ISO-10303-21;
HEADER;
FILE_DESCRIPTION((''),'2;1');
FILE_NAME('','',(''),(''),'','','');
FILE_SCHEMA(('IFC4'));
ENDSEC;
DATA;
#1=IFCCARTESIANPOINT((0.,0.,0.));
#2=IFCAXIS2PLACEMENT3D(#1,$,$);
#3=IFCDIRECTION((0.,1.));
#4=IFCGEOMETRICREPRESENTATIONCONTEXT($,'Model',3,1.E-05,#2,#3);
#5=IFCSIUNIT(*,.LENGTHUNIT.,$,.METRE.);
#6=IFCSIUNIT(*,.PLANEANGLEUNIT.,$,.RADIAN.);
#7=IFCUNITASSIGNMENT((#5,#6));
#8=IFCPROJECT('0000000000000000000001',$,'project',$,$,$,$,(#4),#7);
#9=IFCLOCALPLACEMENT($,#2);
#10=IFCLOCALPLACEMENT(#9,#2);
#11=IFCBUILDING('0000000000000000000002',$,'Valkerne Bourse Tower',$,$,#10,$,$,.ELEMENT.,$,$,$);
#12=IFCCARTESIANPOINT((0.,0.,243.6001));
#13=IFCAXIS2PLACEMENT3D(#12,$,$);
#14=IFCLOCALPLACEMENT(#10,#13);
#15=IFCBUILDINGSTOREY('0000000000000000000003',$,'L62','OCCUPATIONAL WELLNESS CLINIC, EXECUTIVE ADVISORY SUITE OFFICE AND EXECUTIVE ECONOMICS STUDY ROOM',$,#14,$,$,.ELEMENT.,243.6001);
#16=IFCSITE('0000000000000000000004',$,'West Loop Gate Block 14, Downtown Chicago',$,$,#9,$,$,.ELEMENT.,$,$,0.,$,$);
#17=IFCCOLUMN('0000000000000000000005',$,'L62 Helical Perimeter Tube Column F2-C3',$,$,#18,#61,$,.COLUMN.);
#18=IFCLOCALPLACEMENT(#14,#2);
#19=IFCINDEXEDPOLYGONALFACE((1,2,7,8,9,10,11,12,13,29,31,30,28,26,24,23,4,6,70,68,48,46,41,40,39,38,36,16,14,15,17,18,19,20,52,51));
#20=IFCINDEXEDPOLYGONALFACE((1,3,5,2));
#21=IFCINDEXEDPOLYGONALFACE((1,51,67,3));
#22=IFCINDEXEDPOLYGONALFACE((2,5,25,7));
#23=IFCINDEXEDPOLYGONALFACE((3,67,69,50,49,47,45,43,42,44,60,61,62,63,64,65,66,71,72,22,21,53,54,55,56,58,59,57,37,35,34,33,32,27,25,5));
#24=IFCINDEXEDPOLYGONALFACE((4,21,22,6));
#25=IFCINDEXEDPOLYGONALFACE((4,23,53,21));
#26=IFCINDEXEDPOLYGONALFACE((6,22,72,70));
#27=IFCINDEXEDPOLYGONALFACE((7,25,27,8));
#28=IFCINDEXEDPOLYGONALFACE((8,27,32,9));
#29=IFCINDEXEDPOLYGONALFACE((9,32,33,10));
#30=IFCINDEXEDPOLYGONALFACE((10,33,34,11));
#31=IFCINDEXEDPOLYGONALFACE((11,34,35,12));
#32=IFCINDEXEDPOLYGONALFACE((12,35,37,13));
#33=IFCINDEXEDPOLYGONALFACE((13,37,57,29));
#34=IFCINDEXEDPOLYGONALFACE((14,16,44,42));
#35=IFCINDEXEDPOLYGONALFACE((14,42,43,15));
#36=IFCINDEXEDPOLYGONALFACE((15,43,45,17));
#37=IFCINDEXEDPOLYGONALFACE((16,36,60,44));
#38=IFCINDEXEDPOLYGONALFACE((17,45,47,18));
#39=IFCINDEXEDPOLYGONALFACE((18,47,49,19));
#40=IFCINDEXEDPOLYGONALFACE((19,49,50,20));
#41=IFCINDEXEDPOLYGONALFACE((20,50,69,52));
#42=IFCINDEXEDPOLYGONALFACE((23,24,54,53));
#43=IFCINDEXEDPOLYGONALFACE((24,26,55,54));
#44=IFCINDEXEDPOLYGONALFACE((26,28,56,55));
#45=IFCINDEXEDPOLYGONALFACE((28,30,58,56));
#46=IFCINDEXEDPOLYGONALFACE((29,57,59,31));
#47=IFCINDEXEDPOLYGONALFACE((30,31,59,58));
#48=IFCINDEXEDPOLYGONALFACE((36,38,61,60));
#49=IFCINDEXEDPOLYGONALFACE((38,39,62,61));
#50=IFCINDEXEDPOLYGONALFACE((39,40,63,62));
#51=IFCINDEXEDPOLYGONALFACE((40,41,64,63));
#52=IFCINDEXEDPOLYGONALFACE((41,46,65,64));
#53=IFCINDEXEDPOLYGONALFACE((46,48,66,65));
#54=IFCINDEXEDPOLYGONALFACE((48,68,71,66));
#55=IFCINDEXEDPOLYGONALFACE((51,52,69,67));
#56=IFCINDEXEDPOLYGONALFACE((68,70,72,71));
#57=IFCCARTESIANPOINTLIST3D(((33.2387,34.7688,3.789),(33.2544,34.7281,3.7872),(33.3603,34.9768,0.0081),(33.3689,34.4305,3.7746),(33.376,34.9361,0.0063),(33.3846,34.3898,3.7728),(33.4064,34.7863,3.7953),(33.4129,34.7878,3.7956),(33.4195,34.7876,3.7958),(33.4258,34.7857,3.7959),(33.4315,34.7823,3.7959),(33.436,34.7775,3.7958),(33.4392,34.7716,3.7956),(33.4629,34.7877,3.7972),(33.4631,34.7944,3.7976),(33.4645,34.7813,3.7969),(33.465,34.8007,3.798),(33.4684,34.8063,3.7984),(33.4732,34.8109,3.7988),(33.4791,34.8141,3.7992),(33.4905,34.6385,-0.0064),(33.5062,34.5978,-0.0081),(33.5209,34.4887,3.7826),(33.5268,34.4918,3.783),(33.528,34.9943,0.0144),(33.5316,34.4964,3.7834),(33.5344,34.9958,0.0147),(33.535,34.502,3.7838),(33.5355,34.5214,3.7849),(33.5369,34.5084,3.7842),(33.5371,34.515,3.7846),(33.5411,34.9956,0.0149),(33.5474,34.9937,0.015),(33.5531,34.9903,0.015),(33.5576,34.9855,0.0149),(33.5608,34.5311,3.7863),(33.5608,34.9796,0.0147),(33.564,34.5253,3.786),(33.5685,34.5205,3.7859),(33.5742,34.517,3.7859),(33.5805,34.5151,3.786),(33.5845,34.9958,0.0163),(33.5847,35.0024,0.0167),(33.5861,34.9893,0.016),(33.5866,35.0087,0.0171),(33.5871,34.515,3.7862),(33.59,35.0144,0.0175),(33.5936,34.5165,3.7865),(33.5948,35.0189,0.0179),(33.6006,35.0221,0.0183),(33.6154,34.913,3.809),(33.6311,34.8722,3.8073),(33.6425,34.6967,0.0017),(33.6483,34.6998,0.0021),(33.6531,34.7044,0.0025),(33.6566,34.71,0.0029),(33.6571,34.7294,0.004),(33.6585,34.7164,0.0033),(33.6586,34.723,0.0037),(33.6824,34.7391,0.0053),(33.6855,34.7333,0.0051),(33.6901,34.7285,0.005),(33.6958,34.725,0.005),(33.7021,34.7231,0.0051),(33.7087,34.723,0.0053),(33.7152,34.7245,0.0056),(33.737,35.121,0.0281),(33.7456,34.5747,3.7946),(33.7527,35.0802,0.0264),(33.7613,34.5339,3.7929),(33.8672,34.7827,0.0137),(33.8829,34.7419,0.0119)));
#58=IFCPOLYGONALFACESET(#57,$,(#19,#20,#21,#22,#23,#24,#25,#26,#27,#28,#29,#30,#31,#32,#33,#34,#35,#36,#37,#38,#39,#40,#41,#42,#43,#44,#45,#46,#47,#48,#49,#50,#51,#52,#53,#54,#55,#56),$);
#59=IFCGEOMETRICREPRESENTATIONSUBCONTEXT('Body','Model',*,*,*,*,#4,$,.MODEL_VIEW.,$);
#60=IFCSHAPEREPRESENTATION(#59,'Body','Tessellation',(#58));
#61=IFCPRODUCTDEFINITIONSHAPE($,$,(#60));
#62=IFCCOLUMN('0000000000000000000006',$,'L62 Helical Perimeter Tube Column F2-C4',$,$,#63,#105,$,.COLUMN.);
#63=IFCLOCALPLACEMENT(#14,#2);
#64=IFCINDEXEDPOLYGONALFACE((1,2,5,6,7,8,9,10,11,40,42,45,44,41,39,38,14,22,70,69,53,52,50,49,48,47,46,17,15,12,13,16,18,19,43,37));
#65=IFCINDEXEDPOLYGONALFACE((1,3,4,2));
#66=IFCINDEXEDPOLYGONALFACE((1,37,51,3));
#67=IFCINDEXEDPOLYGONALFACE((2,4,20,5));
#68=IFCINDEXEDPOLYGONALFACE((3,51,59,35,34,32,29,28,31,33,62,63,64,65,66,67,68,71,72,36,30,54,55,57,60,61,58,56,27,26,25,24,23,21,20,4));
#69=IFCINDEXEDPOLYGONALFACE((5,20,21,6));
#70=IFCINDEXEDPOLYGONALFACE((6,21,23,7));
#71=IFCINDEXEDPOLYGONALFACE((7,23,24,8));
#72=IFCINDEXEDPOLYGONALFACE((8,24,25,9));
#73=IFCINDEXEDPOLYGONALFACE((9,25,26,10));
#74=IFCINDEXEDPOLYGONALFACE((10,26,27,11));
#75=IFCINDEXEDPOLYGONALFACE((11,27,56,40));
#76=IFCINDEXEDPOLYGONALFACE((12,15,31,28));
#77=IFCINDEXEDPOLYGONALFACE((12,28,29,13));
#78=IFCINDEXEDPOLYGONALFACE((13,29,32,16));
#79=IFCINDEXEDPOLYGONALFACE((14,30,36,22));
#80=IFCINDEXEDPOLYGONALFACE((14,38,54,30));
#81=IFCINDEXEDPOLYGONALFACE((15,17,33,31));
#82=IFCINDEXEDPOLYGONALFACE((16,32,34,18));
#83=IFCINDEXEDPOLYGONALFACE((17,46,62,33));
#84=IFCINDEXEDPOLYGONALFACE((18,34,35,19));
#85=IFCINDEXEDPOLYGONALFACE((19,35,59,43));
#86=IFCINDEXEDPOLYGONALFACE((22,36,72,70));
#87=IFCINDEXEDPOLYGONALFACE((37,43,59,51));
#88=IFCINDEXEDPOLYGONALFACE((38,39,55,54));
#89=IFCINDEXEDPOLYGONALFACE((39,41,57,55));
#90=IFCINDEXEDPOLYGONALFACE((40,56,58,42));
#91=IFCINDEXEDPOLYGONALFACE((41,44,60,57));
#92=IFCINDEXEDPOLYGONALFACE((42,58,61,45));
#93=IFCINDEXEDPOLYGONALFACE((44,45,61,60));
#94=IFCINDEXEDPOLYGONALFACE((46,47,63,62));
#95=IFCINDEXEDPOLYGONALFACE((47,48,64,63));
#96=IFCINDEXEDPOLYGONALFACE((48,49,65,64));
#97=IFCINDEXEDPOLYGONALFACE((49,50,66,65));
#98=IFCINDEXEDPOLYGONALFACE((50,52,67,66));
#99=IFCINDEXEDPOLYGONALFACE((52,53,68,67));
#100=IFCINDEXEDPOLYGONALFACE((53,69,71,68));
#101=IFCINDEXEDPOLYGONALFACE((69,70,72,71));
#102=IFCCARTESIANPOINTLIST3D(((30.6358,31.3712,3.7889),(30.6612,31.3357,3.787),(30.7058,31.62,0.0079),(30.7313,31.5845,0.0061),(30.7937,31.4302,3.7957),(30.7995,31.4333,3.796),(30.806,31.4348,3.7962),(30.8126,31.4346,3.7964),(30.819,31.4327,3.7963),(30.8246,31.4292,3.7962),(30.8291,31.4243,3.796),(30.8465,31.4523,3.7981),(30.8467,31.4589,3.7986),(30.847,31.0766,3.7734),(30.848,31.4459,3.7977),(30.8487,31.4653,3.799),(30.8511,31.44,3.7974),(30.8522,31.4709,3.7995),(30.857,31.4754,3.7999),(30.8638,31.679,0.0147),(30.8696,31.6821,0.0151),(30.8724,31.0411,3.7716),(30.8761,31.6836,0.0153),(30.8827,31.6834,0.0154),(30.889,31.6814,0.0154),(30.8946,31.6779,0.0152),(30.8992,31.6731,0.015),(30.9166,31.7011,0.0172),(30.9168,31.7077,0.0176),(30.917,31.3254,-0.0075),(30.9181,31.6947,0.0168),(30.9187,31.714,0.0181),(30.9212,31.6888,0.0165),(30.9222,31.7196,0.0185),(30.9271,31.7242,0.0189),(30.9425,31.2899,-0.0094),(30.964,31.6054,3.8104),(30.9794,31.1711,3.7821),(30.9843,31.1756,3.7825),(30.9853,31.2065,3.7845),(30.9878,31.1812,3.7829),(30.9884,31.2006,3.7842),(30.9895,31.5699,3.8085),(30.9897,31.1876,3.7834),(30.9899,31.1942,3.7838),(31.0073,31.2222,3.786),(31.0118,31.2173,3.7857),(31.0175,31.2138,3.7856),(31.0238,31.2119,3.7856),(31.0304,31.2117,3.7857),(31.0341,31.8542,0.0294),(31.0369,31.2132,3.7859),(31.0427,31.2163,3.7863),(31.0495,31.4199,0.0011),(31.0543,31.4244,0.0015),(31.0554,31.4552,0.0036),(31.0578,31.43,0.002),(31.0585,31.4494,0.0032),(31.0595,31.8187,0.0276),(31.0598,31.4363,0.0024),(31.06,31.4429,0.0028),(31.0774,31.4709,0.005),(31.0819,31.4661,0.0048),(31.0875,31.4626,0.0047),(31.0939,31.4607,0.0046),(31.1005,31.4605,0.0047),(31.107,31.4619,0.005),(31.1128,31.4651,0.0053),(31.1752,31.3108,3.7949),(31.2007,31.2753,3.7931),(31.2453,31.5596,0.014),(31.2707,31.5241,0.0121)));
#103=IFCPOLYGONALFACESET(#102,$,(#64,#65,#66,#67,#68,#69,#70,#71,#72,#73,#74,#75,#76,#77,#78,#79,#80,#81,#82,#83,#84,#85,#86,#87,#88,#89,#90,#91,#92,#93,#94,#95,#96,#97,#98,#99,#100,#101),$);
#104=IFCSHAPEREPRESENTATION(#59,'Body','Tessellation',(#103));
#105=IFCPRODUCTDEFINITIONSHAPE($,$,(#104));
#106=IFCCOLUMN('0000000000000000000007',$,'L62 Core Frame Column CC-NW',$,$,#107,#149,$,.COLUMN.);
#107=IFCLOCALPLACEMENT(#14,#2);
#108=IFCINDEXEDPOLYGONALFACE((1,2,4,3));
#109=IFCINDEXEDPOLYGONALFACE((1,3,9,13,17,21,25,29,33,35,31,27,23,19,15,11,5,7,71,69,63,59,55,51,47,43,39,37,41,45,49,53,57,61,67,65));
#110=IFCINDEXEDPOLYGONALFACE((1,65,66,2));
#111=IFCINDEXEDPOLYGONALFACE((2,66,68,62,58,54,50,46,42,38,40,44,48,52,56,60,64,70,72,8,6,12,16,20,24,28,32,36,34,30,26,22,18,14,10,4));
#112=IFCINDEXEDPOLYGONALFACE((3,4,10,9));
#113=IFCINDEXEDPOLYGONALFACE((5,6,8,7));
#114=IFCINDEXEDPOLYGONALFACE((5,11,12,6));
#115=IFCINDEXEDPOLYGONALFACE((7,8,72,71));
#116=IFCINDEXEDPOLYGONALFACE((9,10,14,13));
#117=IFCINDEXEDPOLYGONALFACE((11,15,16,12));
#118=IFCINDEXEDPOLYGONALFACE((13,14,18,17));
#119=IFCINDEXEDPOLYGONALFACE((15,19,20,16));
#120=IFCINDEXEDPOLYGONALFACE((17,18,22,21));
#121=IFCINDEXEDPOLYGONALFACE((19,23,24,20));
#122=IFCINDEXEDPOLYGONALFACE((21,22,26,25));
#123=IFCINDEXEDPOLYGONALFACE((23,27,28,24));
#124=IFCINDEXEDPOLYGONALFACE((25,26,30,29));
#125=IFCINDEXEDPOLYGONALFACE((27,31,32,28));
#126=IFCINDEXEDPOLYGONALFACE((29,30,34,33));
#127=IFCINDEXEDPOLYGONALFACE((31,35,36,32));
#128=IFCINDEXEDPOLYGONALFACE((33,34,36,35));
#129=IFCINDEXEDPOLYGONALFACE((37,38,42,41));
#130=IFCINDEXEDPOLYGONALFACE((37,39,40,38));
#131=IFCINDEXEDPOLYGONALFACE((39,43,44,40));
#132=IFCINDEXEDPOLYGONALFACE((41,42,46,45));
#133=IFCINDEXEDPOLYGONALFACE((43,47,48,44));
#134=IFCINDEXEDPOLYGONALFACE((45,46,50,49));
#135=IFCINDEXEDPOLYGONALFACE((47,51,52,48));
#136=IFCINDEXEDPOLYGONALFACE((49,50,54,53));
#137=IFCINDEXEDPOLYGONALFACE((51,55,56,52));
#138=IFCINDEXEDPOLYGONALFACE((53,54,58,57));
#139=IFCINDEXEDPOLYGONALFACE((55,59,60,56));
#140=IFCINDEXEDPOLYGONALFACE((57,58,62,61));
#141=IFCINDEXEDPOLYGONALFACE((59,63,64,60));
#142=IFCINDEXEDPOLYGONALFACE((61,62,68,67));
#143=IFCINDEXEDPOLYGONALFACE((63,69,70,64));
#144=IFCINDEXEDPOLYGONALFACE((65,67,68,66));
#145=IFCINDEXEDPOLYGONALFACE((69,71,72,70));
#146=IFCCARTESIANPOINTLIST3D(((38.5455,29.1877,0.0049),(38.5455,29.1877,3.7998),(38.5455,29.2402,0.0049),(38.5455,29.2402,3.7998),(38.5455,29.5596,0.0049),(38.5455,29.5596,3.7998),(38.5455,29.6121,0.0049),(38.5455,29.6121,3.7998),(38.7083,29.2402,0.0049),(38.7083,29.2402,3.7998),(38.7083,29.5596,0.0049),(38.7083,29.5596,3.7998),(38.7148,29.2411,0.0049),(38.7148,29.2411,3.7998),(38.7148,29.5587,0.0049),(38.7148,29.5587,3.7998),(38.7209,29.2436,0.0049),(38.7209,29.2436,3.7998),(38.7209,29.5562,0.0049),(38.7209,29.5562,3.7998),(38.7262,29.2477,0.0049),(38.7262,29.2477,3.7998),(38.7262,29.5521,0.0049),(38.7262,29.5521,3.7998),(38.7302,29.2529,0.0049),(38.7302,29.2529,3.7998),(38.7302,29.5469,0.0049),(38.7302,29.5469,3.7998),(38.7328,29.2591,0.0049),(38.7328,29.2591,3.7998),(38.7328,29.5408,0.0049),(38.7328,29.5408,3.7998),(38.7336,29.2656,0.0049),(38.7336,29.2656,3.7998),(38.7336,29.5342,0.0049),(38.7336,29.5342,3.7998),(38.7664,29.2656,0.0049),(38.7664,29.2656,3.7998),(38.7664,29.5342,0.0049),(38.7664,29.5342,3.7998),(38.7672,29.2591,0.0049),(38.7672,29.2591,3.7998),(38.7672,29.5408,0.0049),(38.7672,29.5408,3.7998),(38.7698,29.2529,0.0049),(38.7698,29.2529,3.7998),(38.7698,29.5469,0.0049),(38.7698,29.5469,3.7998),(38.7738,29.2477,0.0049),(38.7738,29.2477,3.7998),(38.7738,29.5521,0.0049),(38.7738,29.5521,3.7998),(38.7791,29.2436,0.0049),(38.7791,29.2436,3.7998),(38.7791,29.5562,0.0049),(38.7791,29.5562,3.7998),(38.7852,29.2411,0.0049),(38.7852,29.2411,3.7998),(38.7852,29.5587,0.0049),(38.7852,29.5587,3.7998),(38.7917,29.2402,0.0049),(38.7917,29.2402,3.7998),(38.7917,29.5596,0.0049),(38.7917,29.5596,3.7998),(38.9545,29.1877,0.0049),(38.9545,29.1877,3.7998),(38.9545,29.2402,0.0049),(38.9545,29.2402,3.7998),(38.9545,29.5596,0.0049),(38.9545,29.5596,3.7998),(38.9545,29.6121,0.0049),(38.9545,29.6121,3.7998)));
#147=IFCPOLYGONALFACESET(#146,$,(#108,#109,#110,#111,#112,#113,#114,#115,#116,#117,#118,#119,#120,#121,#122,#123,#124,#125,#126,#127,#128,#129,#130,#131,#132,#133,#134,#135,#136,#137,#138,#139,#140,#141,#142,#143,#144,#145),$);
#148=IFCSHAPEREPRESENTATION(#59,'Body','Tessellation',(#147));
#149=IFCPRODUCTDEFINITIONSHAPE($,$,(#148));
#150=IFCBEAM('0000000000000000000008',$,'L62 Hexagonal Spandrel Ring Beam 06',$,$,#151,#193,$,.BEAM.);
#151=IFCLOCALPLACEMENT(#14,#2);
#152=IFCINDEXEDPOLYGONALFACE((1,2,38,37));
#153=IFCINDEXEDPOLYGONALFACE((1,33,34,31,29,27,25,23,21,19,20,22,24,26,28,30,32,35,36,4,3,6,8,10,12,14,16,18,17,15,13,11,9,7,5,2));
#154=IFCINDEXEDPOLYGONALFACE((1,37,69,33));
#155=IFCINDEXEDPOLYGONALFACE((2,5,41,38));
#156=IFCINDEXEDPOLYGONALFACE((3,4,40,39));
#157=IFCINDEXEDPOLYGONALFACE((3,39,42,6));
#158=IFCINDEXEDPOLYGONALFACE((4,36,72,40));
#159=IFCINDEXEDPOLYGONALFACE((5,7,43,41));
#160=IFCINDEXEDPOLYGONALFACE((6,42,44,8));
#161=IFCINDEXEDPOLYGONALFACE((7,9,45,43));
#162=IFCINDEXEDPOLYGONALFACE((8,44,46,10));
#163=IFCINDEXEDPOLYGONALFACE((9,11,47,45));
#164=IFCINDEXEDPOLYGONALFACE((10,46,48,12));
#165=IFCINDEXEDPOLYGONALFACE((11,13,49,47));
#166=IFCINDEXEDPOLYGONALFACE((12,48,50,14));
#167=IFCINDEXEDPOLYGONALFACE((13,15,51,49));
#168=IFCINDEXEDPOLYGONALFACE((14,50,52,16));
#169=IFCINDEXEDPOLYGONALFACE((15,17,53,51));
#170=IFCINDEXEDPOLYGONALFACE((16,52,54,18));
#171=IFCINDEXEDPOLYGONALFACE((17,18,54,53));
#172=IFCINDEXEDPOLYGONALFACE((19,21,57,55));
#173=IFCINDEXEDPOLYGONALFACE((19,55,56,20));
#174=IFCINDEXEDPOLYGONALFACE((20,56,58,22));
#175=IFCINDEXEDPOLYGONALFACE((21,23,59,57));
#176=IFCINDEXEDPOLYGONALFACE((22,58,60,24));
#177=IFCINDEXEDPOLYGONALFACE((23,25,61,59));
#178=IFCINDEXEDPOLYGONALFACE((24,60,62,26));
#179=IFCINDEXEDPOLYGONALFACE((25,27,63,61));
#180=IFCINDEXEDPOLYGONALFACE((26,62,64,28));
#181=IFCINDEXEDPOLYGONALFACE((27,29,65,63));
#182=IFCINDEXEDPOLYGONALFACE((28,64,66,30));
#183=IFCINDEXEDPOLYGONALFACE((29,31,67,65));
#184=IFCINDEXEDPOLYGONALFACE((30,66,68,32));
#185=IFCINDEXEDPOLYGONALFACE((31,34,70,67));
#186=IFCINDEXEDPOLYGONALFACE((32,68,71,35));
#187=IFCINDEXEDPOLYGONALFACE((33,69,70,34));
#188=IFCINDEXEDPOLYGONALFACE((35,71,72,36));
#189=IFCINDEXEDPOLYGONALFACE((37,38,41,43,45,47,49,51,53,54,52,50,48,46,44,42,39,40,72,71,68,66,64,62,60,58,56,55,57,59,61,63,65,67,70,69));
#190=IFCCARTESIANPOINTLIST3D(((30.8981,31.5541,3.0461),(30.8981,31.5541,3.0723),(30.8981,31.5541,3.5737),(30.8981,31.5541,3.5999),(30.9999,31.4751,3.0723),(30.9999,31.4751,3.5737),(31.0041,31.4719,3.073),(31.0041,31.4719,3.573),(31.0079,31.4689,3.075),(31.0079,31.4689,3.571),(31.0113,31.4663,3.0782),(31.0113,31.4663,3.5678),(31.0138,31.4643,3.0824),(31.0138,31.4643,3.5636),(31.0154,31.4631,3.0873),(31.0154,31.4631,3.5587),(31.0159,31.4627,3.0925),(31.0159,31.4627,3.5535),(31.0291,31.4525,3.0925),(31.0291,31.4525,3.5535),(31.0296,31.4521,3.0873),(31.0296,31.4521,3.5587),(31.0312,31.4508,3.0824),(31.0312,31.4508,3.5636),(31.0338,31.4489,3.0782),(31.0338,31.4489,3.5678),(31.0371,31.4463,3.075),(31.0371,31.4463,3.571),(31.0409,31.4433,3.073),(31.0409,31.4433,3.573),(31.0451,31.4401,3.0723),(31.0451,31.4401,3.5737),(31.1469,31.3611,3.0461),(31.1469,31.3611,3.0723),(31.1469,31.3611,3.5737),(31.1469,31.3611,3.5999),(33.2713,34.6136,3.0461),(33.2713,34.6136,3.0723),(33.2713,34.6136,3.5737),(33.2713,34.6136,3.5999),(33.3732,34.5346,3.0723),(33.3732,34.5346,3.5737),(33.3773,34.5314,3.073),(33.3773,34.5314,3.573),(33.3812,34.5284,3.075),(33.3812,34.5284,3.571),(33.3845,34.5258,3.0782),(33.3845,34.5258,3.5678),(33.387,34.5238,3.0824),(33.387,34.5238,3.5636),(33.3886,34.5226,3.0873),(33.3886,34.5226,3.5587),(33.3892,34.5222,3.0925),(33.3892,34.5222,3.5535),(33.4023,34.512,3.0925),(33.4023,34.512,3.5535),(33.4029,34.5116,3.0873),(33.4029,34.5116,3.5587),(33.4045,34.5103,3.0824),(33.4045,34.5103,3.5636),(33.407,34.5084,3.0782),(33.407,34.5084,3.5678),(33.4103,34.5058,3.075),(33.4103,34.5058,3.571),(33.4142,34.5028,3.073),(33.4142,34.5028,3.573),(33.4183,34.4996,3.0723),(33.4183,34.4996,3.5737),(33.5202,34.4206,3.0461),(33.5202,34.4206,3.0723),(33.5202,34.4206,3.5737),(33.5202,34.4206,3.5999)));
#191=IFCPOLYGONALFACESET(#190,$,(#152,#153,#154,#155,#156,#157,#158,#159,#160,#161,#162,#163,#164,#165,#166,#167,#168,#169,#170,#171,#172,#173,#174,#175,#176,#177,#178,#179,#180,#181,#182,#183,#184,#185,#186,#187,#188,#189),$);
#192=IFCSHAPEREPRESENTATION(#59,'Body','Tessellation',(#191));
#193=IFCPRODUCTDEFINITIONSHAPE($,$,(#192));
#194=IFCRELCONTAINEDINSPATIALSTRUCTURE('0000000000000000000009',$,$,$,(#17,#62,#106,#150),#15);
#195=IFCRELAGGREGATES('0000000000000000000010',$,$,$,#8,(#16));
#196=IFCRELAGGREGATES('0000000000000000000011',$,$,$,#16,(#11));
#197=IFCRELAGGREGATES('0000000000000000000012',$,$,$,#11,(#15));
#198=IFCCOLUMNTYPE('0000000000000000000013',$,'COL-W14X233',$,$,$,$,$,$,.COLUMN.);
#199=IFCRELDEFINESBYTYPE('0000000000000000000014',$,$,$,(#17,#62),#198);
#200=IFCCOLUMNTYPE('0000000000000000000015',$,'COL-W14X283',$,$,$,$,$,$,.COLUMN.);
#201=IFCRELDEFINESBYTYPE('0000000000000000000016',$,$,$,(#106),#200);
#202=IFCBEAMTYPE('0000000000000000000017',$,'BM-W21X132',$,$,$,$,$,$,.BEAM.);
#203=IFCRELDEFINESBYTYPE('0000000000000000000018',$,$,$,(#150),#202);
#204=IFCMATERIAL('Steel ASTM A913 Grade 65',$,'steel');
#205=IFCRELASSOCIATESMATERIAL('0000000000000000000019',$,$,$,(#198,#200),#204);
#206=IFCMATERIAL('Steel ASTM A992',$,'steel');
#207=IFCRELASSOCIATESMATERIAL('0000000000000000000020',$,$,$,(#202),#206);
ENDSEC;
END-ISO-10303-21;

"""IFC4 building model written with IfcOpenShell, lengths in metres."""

from ifc_helpers import new_model, si_unit, direction, frame, origin, origin_2d, place, context, subcontext, project, spatial, i_section, extrude, material, material_profile, profile_set, type_object, element, save


model = new_model("IFC4")

# Units and contexts
model_context = context("Model", 3, precision=1e-05, world=origin(), true_north=direction((0.0, 1.0)))
body_context = subcontext(model_context, "Body", "Model", "MODEL_VIEW")
ifc_project = project(units=[si_unit("LENGTHUNIT", "METRE"), si_unit("PLANEANGLEUNIT", "RADIAN")], contexts=[model_context])

# Site, building, storey
site_placement = place(None, origin())
site = spatial("IfcSite", under=ifc_project, at=site_placement, Name="West Loop Gate Block 14, Downtown Chicago", CompositionType="ELEMENT", RefElevation=0.0)
building_placement = place(site_placement, origin())
building = spatial("IfcBuilding", under=site, at=building_placement, Name="Valkerne Bourse Tower", CompositionType="ELEMENT")
storey_placement = place(building_placement, frame((0.0, 0.0, 243.6001)))
storey = spatial("IfcBuildingStorey", under=building, at=storey_placement, Name="L62", Description="OCCUPATIONAL WELLNESS CLINIC, EXECUTIVE ADVISORY SUITE OFFICE AND EXECUTIVE ECONOMICS STUDY ROOM", CompositionType="ELEMENT", Elevation=243.6001)

# Columns
ifc_material_1 = material(Name="Steel ASTM A913 Grade 65", Category="steel")
ifc_material_profile_1 = material_profile(ifc_material_1, i_section(OverallWidth=0.4038, OverallDepth=0.4065, WebThickness=0.0271, FlangeThickness=0.0437, FilletRadius=0.0254, at=origin_2d()), Name="W14X233")
ifc_profile_set_1 = profile_set([ifc_material_profile_1], Name="Steel ASTM A913 Grade 65")
column_type_1 = type_object("IfcColumnType", Name="COL-W14X233", PredefinedType="COLUMN", material=ifc_profile_set_1)
column_1_placement = place(storey_placement, frame((33.6216, 34.8594, 0.01), z_axis=(-0.032091, -0.054903, 0.997976), x_axis=(-0.932824, -0.356897, -0.04963)))
element("IfcColumn", 1, at=column_1_placement, inside=storey, type_object=column_type_1, Name="L62 Helical Perimeter Tube Column F2-C3", PredefinedType="COLUMN", context=body_context, shape_type="SweptSolid", body=[
    extrude(i_section(OverallWidth=0.4038, OverallDepth=0.4065, WebThickness=0.0271, FlangeThickness=0.0437, FilletRadius=0.0254, at=origin_2d()), origin(), (0.0, 0.0, 1.0), 3.7886),
])
column_2_placement = place(storey_placement, frame((30.9883, 31.572, 0.01), z_axis=(-0.018489, -0.065644, 0.997672), x_axis=(-0.812911, -0.579951, -0.053224)))
element("IfcColumn", 2, at=column_2_placement, inside=storey, type_object=column_type_1, Name="L62 Helical Perimeter Tube Column F2-C4", PredefinedType="COLUMN", context=body_context, shape_type="SweptSolid", body=[
    extrude(i_section(OverallWidth=0.4038, OverallDepth=0.4065, WebThickness=0.0271, FlangeThickness=0.0437, FilletRadius=0.0254, at=origin_2d()), origin(), (0.0, 0.0, 1.0), 3.7898),
])
ifc_material_profile_2 = material_profile(ifc_material_1, i_section(OverallWidth=0.4089, OverallDepth=0.4243, WebThickness=0.0327, FlangeThickness=0.0525, FilletRadius=0.0254, at=origin_2d()), Name="W14X283")
ifc_profile_set_2 = profile_set([ifc_material_profile_2], Name="Steel ASTM A913 Grade 65")
column_type_2 = type_object("IfcColumnType", Name="COL-W14X283", PredefinedType="COLUMN", material=ifc_profile_set_2)
column_3_placement = place(storey_placement, frame((38.75, 29.3999, 0.0049), z_axis=(0.0, 0.0, 1.0), x_axis=(1.0, 0.0, 0.0)))
element("IfcColumn", 3, at=column_3_placement, inside=storey, type_object=column_type_2, Name="L62 Core Frame Column CC-NW", PredefinedType="COLUMN", context=body_context, shape_type="SweptSolid", body=[
    extrude(i_section(OverallWidth=0.4089, OverallDepth=0.4243, WebThickness=0.0327, FlangeThickness=0.0525, FilletRadius=0.0254, at=origin_2d()), origin(), (0.0, 0.0, 1.0), 3.7949),
])

# Beam
ifc_material_2 = material(Name="Steel ASTM A992", Category="steel")
ifc_material_profile_3 = material_profile(ifc_material_2, i_section(OverallWidth=0.3149, OverallDepth=0.5537, WebThickness=0.0166, FlangeThickness=0.0261, FilletRadius=0.0203, at=origin_2d()), Name="W21X132")
ifc_profile_set_3 = profile_set([ifc_material_profile_3], Name="Steel ASTM A992")
beam_type_1 = type_object("IfcBeamType", Name="BM-W21X132", PredefinedType="BEAM", material=ifc_profile_set_3)
beam_1_placement = place(storey_placement, frame((33.3958, 34.5171, 3.323), z_axis=(-0.612914, -0.790149, 0.0), x_axis=(0.790149, -0.612914, 0.0)))
element("IfcBeam", 4, at=beam_1_placement, inside=storey, type_object=beam_type_1, Name="L62 Hexagonal Spandrel Ring Beam 06", PredefinedType="BEAM", context=body_context, shape_type="SweptSolid", body=[
    extrude(i_section(OverallWidth=0.3149, OverallDepth=0.5537, WebThickness=0.0166, FlangeThickness=0.0261, FilletRadius=0.0203, at=origin_2d()), origin(), (0.0, 0.0, 1.0), 3.8721),
])

save(model, "model.ifc")
